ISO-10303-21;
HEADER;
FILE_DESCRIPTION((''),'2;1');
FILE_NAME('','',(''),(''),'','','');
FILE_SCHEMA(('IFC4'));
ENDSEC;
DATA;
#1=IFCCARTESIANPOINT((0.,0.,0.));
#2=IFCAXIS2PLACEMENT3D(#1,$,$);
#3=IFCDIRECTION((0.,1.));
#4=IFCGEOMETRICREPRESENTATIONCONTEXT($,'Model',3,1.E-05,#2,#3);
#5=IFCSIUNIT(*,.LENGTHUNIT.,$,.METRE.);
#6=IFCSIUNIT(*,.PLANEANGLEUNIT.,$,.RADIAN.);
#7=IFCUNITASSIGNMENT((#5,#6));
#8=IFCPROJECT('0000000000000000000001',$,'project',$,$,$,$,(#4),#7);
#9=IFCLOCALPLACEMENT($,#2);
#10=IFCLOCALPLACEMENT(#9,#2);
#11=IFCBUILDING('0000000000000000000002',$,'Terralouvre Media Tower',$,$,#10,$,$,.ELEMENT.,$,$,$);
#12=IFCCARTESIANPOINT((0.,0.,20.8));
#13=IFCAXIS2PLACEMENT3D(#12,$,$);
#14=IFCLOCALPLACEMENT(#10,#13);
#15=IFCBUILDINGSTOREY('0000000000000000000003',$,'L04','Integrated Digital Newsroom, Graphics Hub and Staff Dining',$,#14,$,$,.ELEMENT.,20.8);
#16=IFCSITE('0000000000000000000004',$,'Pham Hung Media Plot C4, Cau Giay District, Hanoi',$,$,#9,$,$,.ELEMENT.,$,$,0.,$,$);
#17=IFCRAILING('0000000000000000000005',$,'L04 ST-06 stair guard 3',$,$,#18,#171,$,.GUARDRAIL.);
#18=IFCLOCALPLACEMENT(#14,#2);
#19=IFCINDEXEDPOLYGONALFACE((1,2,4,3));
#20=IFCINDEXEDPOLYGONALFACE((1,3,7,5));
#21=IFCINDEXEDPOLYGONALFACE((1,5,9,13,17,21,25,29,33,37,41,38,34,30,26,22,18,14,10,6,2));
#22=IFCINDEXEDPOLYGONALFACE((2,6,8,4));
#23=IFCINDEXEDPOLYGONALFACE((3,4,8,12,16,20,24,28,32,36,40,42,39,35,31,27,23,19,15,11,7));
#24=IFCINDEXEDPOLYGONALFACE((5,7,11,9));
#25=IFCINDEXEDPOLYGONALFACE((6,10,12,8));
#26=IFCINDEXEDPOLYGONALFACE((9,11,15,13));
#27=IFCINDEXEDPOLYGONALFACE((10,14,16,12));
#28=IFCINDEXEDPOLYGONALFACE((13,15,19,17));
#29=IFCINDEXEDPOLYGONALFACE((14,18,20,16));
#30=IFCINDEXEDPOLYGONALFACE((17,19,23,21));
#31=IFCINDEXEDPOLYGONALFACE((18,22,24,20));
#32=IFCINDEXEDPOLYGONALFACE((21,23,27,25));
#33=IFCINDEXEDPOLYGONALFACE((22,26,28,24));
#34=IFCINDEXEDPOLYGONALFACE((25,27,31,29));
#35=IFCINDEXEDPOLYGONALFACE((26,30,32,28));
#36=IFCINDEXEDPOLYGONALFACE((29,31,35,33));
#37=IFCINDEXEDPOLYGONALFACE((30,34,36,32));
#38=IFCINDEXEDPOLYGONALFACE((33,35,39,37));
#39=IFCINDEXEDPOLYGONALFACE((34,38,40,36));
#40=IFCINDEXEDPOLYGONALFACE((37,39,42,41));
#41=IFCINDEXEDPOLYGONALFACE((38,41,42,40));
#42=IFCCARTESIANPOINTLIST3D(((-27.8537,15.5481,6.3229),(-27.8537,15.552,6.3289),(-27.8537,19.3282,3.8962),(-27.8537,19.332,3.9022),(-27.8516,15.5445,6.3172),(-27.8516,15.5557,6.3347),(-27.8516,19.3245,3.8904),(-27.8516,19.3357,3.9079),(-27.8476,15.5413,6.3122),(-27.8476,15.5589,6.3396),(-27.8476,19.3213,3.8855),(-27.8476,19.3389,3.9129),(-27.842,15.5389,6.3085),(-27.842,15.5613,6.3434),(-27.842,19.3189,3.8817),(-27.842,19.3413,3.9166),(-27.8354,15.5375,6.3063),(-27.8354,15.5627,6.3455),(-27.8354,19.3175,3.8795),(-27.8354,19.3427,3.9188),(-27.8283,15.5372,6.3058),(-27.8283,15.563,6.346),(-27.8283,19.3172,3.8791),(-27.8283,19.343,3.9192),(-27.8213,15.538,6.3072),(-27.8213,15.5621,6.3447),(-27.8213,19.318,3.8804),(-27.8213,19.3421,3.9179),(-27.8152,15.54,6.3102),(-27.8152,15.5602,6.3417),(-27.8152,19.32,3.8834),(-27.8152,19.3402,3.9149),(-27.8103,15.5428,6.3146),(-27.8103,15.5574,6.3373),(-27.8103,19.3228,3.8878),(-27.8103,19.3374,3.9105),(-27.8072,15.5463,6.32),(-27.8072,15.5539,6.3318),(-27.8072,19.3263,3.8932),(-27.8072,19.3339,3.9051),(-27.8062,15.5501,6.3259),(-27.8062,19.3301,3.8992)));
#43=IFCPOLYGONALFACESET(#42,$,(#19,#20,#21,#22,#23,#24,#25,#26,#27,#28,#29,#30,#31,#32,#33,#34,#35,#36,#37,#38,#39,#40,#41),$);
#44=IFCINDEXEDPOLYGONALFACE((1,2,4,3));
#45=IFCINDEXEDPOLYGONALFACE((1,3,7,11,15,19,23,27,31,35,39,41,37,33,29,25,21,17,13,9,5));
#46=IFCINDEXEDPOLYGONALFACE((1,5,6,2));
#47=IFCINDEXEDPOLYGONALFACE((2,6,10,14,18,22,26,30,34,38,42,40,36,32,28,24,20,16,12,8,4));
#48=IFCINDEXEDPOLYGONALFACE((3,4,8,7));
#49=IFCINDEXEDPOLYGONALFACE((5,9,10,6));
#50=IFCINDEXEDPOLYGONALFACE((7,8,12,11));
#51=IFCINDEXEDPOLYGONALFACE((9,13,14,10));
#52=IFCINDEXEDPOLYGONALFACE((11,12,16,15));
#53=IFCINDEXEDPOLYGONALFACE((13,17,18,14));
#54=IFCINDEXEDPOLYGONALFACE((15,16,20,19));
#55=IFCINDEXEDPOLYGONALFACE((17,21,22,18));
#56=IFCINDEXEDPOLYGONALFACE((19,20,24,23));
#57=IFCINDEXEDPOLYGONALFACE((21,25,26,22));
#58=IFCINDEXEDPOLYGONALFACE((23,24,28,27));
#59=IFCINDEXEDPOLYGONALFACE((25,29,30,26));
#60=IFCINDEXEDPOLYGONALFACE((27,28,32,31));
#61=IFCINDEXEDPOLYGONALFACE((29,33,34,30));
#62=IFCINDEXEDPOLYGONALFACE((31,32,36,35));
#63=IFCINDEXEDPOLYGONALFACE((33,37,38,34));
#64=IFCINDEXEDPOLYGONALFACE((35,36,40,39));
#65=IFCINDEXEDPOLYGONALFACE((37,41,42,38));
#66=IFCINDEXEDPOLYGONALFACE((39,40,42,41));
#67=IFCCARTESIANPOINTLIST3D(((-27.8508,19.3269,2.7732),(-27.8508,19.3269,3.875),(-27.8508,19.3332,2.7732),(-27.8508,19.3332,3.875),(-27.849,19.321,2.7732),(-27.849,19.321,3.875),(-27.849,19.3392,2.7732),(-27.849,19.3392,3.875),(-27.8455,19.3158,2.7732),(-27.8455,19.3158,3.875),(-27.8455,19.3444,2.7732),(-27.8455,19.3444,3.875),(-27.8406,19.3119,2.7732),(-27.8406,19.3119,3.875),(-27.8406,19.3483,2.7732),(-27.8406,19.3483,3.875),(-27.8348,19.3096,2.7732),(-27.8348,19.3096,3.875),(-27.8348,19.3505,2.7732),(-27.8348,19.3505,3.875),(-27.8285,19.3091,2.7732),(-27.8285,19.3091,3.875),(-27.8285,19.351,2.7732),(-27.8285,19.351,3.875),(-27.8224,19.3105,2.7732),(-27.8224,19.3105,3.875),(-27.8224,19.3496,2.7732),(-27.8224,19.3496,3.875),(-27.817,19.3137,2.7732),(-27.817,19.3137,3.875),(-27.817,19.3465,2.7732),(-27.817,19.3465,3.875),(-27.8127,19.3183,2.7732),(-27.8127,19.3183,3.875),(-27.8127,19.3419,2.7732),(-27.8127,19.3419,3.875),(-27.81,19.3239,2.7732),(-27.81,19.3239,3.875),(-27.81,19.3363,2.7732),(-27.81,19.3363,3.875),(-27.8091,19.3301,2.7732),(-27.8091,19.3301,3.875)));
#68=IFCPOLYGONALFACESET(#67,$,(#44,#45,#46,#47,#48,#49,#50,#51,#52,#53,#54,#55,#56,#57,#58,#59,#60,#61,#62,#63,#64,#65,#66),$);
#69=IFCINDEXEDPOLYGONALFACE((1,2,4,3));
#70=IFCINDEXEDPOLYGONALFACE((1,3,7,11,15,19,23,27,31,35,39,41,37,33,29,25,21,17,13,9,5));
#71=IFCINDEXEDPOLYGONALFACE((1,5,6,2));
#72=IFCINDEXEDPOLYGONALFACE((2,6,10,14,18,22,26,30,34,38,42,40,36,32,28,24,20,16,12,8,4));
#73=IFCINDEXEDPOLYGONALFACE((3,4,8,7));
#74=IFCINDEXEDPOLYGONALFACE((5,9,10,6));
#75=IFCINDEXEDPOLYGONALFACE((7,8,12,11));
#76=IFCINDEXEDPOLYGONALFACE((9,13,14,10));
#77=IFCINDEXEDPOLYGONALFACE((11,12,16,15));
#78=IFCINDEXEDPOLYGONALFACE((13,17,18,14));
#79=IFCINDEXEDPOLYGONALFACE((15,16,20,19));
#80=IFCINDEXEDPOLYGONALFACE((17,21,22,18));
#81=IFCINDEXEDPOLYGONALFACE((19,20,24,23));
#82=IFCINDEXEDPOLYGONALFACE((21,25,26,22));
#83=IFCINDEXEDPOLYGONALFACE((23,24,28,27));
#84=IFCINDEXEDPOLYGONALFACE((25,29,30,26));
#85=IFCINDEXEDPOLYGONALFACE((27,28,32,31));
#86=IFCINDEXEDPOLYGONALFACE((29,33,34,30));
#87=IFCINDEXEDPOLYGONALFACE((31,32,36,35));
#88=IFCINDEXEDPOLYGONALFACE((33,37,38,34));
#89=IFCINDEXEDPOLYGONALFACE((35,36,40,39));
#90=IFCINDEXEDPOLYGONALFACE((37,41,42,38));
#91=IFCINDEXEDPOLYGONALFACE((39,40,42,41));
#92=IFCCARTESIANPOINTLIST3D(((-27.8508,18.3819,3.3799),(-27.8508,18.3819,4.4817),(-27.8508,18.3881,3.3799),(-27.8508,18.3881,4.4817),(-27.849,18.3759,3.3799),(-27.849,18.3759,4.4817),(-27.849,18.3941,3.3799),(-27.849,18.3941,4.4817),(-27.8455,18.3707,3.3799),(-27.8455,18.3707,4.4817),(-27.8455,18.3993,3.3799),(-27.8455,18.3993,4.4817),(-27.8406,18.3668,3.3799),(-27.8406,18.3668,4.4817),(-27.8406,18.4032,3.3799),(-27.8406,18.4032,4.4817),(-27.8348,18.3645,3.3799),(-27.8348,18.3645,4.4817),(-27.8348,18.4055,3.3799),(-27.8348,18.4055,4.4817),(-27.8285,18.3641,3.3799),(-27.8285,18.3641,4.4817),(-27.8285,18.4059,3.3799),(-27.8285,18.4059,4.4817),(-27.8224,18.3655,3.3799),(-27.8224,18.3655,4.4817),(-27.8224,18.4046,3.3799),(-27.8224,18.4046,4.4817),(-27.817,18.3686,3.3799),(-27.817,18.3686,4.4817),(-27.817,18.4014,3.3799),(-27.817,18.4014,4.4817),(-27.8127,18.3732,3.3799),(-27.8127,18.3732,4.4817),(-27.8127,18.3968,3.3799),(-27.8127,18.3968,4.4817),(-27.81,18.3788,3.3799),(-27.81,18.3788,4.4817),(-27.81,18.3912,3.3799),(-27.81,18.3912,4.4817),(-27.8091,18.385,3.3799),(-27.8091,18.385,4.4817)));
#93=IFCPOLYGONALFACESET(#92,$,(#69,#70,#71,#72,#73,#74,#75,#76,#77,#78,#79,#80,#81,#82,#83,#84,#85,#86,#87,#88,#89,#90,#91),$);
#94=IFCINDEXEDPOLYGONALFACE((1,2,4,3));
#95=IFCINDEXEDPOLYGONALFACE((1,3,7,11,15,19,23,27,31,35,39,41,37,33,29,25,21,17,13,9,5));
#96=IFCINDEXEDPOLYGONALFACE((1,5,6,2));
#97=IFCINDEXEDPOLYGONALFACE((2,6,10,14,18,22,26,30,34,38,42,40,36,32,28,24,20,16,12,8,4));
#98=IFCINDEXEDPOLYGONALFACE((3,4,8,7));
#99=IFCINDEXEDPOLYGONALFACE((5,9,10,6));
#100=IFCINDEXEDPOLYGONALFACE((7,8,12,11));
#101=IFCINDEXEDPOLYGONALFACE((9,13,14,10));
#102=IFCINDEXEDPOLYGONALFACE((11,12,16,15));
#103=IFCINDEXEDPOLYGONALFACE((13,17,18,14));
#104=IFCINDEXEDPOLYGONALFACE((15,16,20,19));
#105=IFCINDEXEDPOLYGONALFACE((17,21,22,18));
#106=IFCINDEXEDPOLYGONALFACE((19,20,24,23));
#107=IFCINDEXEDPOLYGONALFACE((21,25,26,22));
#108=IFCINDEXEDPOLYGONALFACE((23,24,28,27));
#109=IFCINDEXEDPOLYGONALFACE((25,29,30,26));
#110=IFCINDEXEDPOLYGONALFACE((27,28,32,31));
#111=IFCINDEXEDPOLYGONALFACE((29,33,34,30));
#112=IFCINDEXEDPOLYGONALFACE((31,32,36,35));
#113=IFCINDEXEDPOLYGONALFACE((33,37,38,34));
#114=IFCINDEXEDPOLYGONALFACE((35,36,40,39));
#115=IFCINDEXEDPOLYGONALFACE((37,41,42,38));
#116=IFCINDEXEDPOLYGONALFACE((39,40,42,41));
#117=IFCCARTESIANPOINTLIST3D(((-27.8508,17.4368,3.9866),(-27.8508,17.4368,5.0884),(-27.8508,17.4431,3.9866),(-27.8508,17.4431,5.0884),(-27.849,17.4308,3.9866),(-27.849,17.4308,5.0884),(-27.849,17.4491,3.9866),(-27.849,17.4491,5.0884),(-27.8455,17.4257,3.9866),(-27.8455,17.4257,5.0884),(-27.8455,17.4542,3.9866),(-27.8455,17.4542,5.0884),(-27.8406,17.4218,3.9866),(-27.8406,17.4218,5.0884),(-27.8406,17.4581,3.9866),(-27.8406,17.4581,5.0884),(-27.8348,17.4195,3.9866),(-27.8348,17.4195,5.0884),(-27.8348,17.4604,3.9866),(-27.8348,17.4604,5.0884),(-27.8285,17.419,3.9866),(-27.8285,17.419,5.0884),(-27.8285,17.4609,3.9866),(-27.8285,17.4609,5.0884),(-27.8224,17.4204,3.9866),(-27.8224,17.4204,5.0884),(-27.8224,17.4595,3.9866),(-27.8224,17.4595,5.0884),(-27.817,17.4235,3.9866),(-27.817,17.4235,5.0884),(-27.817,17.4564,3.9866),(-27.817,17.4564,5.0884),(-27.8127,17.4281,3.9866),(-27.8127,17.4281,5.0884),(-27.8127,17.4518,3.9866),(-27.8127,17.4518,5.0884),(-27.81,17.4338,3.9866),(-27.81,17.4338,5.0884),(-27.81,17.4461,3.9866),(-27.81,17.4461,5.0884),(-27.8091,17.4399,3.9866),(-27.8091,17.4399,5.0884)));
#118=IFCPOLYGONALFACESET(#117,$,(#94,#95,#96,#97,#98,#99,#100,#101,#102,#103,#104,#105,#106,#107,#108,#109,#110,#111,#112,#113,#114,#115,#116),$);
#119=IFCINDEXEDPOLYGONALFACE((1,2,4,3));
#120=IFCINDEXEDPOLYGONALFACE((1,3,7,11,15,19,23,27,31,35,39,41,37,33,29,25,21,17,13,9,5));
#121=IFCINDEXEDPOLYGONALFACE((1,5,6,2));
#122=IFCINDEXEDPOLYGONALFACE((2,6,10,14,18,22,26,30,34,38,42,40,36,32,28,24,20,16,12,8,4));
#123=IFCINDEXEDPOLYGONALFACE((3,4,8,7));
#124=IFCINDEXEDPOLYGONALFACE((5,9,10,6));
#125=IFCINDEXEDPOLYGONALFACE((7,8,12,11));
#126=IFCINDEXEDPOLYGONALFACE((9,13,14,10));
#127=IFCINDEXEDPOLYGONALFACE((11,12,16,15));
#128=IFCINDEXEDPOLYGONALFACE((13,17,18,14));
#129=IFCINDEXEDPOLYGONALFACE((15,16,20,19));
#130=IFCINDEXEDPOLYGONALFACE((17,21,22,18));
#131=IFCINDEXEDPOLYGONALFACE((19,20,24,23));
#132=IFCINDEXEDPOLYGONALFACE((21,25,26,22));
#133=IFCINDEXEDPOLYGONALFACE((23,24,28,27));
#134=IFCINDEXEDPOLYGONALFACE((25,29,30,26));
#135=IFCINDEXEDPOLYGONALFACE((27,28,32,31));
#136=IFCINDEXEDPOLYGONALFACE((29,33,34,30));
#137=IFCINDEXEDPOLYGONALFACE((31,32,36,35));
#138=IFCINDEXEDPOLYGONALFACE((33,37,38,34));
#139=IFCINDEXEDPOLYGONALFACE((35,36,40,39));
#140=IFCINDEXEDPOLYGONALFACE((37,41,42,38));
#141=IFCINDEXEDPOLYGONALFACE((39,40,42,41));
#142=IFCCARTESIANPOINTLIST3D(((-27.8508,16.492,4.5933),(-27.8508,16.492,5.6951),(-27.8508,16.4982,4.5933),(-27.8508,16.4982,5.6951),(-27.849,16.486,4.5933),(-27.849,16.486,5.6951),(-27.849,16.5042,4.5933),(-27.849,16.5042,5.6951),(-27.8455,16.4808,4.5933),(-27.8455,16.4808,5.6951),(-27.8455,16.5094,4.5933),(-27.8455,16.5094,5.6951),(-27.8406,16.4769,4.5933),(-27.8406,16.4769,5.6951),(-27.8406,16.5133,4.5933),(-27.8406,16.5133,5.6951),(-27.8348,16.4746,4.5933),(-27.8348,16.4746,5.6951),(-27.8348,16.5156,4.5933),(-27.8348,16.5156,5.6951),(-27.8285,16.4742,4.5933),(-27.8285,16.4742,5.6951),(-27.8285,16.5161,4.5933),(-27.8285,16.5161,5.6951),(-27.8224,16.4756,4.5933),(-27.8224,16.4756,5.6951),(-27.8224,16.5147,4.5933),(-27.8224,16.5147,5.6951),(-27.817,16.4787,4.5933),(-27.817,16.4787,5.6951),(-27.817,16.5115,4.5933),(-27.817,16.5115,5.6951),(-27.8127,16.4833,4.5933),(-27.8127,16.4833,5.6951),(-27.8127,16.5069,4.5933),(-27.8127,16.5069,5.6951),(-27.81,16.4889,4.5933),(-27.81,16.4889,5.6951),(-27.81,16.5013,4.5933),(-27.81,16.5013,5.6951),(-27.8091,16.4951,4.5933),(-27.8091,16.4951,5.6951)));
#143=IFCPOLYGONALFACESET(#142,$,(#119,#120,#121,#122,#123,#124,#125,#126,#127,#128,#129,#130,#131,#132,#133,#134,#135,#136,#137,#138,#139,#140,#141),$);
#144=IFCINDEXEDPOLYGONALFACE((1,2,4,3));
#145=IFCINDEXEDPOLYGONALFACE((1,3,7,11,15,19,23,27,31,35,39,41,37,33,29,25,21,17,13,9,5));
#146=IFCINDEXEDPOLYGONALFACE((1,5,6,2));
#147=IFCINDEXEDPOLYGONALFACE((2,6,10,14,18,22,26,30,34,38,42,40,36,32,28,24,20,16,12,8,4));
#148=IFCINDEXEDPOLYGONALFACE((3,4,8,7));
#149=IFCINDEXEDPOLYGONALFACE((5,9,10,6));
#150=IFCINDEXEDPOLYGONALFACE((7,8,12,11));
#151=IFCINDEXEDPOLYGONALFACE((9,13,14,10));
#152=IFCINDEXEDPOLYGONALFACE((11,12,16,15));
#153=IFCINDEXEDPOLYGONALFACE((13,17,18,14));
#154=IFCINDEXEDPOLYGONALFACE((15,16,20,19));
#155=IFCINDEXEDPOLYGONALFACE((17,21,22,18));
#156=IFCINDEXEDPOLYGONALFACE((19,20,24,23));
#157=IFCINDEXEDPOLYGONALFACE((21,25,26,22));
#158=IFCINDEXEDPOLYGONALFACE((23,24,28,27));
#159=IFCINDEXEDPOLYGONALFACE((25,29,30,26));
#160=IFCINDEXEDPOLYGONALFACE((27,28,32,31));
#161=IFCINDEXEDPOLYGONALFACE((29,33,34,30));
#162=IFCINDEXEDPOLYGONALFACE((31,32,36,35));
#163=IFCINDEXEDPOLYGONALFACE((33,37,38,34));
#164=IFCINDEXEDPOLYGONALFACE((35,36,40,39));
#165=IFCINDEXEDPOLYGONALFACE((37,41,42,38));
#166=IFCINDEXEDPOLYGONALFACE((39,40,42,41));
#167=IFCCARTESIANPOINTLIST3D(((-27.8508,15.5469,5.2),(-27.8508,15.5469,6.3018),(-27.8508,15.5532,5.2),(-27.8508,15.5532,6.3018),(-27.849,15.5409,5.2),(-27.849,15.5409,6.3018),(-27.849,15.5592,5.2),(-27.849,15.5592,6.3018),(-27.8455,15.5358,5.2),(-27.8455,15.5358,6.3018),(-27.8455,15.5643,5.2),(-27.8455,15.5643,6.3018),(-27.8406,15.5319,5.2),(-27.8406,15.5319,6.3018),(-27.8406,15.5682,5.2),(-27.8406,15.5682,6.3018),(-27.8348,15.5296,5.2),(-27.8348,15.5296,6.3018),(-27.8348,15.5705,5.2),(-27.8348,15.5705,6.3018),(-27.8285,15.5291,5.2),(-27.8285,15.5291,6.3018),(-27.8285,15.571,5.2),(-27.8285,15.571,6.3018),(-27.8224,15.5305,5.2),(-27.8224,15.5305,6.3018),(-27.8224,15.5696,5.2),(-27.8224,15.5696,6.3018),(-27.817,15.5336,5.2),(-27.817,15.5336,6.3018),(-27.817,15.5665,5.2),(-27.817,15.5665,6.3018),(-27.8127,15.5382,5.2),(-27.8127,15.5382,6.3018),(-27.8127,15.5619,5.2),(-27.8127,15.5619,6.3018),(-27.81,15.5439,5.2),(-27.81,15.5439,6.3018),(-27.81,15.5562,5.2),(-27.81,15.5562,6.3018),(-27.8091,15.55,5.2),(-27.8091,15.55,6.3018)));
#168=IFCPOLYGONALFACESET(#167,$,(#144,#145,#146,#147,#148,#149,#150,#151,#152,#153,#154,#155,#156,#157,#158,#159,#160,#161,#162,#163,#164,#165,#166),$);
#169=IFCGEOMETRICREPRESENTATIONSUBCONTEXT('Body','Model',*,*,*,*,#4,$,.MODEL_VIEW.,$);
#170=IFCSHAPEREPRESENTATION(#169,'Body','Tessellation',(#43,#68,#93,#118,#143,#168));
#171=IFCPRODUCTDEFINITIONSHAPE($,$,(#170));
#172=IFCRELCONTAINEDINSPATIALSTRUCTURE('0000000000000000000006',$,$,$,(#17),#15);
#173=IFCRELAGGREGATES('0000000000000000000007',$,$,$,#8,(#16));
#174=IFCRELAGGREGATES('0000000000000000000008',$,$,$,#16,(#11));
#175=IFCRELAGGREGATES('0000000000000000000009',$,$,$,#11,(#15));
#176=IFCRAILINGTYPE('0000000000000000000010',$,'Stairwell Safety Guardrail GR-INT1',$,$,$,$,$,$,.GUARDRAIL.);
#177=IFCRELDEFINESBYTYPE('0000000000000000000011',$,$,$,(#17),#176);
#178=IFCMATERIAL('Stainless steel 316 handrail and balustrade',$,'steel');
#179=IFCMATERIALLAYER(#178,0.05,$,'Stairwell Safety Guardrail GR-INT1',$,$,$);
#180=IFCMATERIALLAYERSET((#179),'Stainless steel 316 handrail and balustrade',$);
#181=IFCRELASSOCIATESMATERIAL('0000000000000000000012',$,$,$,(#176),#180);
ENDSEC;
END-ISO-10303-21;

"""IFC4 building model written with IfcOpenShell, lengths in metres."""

from ifc_helpers import new_model, si_unit, direction, frame, origin, origin_2d, place, context, subcontext, project, spatial, circle, extrude, material, layer, layer_set, type_object, element, save


model = new_model("IFC4")

# Units and contexts
model_context = context("Model", 3, precision=1e-05, world=origin(), true_north=direction((0.0, 1.0)))
body_context = subcontext(model_context, "Body", "Model", "MODEL_VIEW")
ifc_project = project(units=[si_unit("LENGTHUNIT", "METRE"), si_unit("PLANEANGLEUNIT", "RADIAN")], contexts=[model_context])

# Site, building, storey
site_placement = place(None, origin())
site = spatial("IfcSite", under=ifc_project, at=site_placement, Name="Pham Hung Media Plot C4, Cau Giay District, Hanoi", CompositionType="ELEMENT", RefElevation=0.0)
building_placement = place(site_placement, origin())
building = spatial("IfcBuilding", under=site, at=building_placement, Name="Terralouvre Media Tower", CompositionType="ELEMENT")
storey_placement = place(building_placement, frame((0.0, 0.0, 20.8)))
storey = spatial("IfcBuildingStorey", under=building, at=storey_placement, Name="L04", Description="Integrated Digital Newsroom, Graphics Hub and Staff Dining", CompositionType="ELEMENT", Elevation=20.8)

# Railing
ifc_material_1 = material(Name="Stainless steel 316 handrail and balustrade", Category="steel")
ifc_layer_1 = layer(ifc_material_1, 0.05, Name="Stairwell Safety Guardrail GR-INT1")
ifc_layer_set_1 = layer_set([ifc_layer_1], Name="Stainless steel 316 handrail and balustrade")
railing_type_1 = type_object("IfcRailingType", Name="Stairwell Safety Guardrail GR-INT1", PredefinedType="GUARDRAIL", material=ifc_layer_set_1)
railing_1_placement = place(storey_placement, frame((-27.8301, 19.3301, 2.7732)))
element("IfcRailing", 1, at=railing_1_placement, inside=storey, type_object=railing_type_1, Name="L04 ST-06 stair guard 3", PredefinedType="GUARDRAIL", context=body_context, shape_type="SweptSolid", body=[
    extrude(circle(Radius=0.0239, at=origin_2d()), frame((0.0, 0.0, 1.126), z_axis=(0.0, -0.841509, 0.540244), x_axis=(1.0, 0.0, 0.0)), (0.0, 0.0, 1.0), 4.4919),
    extrude(circle(Radius=0.021, at=origin_2d()), origin(), (0.0, 0.0, 1.0), 1.1018),
    extrude(circle(Radius=0.021, at=origin_2d()), frame((0.0, -0.9451, 0.6067)), (0.0, 0.0, 1.0), 1.1018),
    extrude(circle(Radius=0.021, at=origin_2d()), frame((0.0, -1.8901, 1.2134)), (0.0, 0.0, 1.0), 1.1018),
    extrude(circle(Radius=0.021, at=origin_2d()), frame((0.0, -2.835, 1.8201)), (0.0, 0.0, 1.0), 1.1018),
    extrude(circle(Radius=0.021, at=origin_2d()), frame((0.0, -3.78, 2.4268)), (0.0, 0.0, 1.0), 1.1018),
])

save(model, "model.ifc")
